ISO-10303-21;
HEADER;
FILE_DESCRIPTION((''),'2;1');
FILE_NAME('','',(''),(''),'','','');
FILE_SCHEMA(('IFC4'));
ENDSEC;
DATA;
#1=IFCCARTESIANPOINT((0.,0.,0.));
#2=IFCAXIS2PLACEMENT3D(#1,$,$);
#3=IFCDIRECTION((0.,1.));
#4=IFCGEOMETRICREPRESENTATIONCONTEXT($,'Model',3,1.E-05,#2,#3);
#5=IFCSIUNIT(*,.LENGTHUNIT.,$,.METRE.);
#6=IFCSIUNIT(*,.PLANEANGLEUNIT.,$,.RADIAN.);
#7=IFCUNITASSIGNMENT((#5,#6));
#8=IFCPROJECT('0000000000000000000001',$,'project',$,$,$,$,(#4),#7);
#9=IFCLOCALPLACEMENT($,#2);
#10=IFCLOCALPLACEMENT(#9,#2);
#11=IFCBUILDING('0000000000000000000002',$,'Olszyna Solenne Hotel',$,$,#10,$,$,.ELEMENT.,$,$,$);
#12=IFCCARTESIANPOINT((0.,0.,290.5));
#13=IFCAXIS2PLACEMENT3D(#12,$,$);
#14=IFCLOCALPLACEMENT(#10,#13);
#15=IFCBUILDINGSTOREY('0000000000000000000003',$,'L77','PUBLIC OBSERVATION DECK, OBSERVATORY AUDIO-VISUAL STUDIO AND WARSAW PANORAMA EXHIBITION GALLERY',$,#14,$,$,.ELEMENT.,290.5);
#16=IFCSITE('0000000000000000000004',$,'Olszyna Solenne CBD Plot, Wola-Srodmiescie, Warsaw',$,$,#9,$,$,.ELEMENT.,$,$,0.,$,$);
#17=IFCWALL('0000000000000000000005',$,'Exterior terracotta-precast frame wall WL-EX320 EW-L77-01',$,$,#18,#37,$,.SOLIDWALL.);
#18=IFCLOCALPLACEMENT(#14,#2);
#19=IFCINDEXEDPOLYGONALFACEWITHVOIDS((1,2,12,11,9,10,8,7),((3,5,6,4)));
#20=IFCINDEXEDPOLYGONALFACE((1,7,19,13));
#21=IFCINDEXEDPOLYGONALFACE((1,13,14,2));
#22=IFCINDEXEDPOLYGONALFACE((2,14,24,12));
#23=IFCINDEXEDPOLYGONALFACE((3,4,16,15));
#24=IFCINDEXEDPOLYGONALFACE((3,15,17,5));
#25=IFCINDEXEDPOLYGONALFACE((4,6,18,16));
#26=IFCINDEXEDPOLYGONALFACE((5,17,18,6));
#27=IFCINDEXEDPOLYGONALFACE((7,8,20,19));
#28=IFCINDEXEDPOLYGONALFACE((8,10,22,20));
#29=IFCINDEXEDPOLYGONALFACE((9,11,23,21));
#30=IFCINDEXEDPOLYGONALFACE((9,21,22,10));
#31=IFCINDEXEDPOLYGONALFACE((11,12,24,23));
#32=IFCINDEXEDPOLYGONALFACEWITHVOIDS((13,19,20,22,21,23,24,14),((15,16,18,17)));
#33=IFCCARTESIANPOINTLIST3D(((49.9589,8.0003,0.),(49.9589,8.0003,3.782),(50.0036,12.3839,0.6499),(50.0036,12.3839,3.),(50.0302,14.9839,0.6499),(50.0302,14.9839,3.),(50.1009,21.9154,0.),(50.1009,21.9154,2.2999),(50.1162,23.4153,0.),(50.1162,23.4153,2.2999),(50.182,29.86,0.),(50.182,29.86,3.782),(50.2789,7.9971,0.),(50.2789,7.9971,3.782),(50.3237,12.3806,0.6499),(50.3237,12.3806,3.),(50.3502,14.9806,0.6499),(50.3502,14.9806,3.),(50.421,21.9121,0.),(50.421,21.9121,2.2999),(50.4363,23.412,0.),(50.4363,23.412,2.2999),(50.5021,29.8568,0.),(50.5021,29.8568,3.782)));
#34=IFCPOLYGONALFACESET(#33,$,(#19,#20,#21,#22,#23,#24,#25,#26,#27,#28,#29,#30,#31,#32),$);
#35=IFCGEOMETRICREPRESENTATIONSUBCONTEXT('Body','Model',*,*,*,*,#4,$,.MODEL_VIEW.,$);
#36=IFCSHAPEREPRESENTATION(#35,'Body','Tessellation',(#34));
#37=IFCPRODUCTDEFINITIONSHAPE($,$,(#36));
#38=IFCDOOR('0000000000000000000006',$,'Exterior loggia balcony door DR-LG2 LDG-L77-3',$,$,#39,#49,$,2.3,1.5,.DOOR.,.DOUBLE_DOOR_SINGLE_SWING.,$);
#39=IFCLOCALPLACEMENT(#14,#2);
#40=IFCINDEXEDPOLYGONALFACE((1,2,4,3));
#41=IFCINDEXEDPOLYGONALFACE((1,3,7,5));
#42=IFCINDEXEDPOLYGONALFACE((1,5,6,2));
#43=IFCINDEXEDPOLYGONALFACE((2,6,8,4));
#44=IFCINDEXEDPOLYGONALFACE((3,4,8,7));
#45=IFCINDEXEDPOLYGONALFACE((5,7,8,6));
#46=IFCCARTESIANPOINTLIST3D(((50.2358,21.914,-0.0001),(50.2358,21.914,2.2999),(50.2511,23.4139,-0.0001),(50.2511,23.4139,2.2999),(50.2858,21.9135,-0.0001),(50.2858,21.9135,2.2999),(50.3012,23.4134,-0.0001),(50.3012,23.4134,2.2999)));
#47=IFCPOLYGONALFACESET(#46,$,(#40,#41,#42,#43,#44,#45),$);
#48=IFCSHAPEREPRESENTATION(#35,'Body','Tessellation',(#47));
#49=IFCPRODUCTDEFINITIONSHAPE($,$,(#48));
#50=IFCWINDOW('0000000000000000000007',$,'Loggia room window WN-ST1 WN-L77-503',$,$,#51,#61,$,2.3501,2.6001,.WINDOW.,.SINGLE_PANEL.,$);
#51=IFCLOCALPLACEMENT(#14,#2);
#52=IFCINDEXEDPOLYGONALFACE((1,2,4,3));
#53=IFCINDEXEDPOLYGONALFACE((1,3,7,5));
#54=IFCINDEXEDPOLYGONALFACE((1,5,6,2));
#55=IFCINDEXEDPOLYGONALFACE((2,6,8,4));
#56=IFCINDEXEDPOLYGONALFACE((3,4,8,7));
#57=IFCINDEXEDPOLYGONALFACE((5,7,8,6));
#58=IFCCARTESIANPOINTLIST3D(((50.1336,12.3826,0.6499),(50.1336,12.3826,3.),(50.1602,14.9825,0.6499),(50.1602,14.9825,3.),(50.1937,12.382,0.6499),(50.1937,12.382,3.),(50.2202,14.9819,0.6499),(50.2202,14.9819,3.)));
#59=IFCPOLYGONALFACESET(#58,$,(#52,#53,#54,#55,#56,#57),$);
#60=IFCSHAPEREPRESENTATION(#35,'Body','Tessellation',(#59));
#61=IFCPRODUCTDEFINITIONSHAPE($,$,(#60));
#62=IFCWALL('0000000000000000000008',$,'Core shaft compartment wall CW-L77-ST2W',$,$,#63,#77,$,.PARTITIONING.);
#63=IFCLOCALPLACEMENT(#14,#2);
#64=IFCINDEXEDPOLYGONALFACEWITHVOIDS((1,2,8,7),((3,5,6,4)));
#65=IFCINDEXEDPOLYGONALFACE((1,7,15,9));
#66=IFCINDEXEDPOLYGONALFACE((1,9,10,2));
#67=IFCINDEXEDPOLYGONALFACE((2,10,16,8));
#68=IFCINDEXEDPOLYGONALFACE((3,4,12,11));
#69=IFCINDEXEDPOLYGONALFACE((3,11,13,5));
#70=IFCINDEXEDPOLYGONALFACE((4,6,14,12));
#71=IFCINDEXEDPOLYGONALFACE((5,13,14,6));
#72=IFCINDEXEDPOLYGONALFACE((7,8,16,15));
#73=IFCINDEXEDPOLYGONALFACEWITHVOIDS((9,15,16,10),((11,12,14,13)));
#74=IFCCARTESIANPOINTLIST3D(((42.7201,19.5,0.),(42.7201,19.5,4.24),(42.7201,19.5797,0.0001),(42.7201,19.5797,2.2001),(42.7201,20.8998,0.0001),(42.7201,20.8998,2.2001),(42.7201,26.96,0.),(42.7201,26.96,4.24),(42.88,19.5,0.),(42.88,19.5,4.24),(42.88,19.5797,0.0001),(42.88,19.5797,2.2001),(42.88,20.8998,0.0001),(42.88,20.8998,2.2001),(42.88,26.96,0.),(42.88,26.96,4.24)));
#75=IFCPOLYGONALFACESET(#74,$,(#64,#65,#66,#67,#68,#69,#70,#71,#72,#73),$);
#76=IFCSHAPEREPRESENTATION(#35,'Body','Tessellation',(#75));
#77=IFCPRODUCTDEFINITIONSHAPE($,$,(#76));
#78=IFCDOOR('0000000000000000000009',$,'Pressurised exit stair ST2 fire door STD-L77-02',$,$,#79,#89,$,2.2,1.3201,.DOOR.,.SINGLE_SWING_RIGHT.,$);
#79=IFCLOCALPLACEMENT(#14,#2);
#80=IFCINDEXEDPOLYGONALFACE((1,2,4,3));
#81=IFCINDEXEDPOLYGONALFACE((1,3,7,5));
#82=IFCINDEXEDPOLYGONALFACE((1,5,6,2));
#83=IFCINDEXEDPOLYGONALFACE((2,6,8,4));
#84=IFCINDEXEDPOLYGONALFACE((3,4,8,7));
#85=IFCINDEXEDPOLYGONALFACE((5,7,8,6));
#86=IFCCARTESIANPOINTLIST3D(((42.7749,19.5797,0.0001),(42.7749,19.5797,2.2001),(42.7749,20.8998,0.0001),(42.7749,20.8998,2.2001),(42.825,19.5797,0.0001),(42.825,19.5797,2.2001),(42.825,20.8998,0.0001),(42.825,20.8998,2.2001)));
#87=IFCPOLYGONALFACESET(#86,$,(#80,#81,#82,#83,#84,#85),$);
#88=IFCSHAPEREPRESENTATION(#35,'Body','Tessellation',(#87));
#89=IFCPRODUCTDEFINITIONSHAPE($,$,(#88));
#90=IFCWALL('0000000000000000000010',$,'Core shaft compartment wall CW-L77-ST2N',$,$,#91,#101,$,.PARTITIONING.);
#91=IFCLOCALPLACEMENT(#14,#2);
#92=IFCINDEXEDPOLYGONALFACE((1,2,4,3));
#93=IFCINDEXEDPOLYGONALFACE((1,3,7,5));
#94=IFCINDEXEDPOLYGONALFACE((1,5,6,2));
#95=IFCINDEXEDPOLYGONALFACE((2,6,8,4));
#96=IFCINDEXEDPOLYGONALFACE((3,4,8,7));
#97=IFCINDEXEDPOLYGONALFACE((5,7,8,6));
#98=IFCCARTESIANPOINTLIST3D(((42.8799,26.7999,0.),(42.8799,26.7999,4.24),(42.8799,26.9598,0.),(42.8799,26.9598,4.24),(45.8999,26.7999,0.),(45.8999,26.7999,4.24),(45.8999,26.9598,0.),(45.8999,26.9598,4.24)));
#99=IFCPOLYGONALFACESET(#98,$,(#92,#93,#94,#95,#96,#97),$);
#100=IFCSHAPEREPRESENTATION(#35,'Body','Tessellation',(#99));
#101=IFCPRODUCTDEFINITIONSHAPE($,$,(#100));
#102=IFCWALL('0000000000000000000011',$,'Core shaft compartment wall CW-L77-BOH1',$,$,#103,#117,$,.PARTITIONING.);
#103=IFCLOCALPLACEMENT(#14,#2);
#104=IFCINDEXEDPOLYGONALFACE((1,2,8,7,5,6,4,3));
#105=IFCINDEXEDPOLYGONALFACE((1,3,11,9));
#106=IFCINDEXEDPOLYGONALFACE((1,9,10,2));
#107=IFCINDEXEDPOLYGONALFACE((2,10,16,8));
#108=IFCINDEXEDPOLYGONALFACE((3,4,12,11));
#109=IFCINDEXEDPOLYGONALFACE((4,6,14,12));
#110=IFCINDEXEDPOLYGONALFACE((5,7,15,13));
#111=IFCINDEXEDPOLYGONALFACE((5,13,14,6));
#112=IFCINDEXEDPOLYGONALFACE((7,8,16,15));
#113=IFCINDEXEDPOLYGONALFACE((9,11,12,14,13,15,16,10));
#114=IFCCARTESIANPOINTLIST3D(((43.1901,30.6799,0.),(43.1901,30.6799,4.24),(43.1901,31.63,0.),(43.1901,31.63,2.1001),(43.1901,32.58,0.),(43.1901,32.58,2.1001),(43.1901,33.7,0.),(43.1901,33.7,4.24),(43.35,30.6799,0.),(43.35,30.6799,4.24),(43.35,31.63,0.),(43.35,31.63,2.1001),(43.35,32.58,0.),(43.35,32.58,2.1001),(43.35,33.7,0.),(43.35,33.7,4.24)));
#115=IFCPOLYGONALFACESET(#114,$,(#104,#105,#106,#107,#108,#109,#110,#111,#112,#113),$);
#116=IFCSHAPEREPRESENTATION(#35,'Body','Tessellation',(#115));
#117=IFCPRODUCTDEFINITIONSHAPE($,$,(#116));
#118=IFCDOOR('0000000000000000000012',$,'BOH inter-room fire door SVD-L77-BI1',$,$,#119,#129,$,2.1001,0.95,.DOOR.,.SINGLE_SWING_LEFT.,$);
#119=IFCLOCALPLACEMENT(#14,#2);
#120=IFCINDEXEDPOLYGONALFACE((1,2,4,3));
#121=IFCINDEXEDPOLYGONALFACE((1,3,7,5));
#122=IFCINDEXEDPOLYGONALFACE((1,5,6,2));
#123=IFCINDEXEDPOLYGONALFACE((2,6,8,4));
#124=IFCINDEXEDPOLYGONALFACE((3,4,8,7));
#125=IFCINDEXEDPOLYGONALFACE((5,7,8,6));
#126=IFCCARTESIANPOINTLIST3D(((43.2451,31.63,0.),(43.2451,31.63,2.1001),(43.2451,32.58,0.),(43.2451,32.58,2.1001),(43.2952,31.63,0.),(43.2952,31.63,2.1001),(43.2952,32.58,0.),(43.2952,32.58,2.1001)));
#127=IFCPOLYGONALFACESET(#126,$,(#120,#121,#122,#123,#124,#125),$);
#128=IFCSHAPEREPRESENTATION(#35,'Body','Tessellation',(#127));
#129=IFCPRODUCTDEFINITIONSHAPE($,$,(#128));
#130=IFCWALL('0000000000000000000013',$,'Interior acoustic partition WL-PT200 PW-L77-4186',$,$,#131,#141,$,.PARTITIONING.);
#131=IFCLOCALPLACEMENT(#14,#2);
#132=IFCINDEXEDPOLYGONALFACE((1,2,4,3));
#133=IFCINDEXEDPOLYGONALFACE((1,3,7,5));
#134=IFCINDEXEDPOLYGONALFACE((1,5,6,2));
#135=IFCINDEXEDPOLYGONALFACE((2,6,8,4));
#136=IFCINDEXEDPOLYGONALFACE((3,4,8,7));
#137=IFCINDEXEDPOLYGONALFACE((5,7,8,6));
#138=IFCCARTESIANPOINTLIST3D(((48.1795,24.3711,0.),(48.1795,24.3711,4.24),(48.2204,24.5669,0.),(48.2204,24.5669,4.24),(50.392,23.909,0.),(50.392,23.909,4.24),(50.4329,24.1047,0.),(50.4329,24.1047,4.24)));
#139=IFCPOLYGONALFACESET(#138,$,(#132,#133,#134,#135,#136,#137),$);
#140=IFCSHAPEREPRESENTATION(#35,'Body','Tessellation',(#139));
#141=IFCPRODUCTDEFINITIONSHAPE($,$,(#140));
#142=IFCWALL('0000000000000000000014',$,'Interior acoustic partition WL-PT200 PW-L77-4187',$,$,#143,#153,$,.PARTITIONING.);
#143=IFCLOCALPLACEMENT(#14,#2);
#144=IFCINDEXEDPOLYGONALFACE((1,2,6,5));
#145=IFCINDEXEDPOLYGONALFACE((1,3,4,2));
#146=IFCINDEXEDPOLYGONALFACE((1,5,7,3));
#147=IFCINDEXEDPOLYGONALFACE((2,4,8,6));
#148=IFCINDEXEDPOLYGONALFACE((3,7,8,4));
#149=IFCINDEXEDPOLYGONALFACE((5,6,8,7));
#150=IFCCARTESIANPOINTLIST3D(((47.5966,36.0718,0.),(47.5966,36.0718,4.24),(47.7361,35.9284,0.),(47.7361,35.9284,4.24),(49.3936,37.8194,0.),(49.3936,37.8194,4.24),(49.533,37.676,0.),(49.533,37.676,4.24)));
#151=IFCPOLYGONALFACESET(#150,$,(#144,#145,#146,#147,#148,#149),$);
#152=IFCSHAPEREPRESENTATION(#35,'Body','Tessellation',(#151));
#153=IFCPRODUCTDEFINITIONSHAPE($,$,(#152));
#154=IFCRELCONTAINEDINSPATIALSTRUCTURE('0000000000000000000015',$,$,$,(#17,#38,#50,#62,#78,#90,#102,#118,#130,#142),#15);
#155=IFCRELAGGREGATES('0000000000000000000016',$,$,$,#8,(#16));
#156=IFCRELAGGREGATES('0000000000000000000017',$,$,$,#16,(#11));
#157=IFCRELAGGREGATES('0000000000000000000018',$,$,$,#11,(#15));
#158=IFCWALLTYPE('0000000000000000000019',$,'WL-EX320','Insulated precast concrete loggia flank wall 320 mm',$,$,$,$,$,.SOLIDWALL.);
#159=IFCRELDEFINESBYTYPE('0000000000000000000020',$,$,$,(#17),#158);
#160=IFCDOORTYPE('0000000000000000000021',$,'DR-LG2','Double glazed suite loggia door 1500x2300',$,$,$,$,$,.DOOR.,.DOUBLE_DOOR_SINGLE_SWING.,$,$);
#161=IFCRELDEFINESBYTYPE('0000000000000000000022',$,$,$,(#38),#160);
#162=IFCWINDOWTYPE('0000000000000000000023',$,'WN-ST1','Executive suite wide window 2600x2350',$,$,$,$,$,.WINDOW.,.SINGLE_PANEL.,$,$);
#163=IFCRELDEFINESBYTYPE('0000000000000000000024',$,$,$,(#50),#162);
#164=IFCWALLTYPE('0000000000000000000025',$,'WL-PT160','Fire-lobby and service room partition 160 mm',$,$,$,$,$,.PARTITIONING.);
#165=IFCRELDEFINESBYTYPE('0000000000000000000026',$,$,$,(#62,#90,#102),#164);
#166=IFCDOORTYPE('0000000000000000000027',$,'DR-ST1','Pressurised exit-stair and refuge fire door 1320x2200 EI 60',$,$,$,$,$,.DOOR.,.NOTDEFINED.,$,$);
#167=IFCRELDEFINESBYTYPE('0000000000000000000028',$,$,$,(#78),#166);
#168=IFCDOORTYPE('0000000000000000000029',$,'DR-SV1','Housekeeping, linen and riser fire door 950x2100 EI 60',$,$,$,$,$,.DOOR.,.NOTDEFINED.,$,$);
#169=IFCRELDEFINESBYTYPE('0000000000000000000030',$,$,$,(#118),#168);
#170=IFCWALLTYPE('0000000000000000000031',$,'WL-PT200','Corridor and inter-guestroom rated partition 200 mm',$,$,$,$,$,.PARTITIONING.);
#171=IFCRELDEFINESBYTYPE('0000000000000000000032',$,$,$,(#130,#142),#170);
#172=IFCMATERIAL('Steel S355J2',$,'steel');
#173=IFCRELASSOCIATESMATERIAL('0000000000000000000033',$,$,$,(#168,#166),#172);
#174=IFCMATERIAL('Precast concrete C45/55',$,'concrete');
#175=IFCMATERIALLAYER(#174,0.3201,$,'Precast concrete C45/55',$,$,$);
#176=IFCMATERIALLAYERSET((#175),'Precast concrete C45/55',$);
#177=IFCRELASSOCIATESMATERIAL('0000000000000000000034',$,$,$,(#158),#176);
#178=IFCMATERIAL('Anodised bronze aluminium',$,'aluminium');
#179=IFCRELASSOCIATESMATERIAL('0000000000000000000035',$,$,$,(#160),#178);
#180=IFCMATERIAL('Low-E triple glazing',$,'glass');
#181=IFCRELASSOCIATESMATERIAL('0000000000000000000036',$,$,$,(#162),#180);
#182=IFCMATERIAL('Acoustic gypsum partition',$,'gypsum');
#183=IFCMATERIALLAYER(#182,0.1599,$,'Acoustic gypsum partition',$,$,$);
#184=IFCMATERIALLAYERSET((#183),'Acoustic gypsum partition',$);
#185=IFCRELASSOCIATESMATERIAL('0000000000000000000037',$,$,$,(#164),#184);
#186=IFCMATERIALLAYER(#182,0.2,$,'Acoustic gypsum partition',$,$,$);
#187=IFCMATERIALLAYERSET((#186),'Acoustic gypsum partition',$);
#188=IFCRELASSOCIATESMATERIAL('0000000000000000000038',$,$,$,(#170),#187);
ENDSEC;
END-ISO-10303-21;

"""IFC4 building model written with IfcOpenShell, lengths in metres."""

from ifc_helpers import new_model, si_unit, direction, frame, frame_2d, origin, place, context, subcontext, project, spatial, rectangle, extrude, source, transform, mapped, material, layer, layer_set, type_object, type_shapes, element, fill, save


model = new_model("IFC4")

# Units and contexts
model_context = context("Model", 3, precision=1e-05, world=origin(), true_north=direction((0.0, 1.0)))
body_context = subcontext(model_context, "Body", "Model", "MODEL_VIEW")
ifc_project = project(units=[si_unit("LENGTHUNIT", "METRE"), si_unit("PLANEANGLEUNIT", "RADIAN")], contexts=[model_context])

# Site, building, storey
site_placement = place(None, origin())
site = spatial("IfcSite", under=ifc_project, at=site_placement, Name="Olszyna Solenne CBD Plot, Wola-Srodmiescie, Warsaw", CompositionType="ELEMENT", RefElevation=0.0)
building_placement = place(site_placement, origin())
building = spatial("IfcBuilding", under=site, at=building_placement, Name="Olszyna Solenne Hotel", CompositionType="ELEMENT")
storey_placement = place(building_placement, frame((0.0, 0.0, 290.5)))
storey = spatial("IfcBuildingStorey", under=building, at=storey_placement, Name="L77", Description="PUBLIC OBSERVATION DECK, OBSERVATORY AUDIO-VISUAL STUDIO AND WARSAW PANORAMA EXHIBITION GALLERY", CompositionType="ELEMENT", Elevation=290.5)

# Shared definitions
ifc_material_1 = material(Name="Steel S355J2", Category="steel")

# Shared definitions
ifc_material_2 = material(Name="Anodised bronze aluminium", Category="aluminium")

# Shared definitions
ifc_material_3 = material(Name="Low-E triple glazing", Category="glass")

# Shared definitions
door_type_1 = type_object("IfcDoorType", Name="DR-SV1", Description="Housekeeping, linen and riser fire door 950x2100 EI 60", OperationType="NOTDEFINED", PredefinedType="DOOR", material=ifc_material_1)
shared_shape_1 = source(origin(), body_context, "Body", "SweptSolid", [
    extrude(rectangle(XDim=0.95, YDim=2.1001, at=frame_2d((0.4751, 1.05))), frame((0.0, 0.0249, 0.0), z_axis=(0.0, -1.0, 0.0), x_axis=(1.0, 0.0, 0.0)), (0.0, 0.0, 1.0), 0.05),
])
type_shapes(door_type_1, [shared_shape_1])

# Wall, openings, door, window
ifc_material_4 = material(Name="Precast concrete C45/55", Category="concrete")
ifc_layer_1 = layer(ifc_material_4, 0.3201, Name="Precast concrete C45/55")
ifc_layer_set_1 = layer_set([ifc_layer_1], Name="Precast concrete C45/55")
wall_type_1 = type_object("IfcWallType", Name="WL-EX320", Description="Insulated precast concrete loggia flank wall 320 mm", PredefinedType="SOLIDWALL", material=ifc_layer_set_1)
wall_1_placement = place(storey_placement, frame((50.342, 29.8584, 0.0), z_axis=(0.0, 0.0, 1.0), x_axis=(-0.010208, -0.999948, 0.0)))
wall_1 = element("IfcWall", 1, at=wall_1_placement, inside=storey, type_object=wall_type_1, Name="Exterior terracotta-precast frame wall WL-EX320 EW-L77-01", PredefinedType="SOLIDWALL", context=body_context, shape_type="SweptSolid", body=[
    extrude(rectangle(XDim=21.8608, YDim=0.3201, at=frame_2d((10.9304, 0.0))), origin(), (0.0, 0.0, 1.0), 3.782),
])
opening_1_placement = place(wall_1_placement, frame((6.4451, 0.0, 0.0)))
opening_1 = element("IfcOpeningElement", 2, at=opening_1_placement, cuts=wall_1, PredefinedType="OPENING", context=body_context, shape_type="SweptSolid", body=[
    extrude(rectangle(XDim=1.5, YDim=2.3, at=frame_2d((0.75, 1.1499))), frame((0.0, 0.1699, 0.0), z_axis=(0.0, -1.0, 0.0), x_axis=(1.0, 0.0, 0.0)), (0.0, 0.0, 1.0), 0.3401),
])
opening_2_placement = place(wall_1_placement, frame((14.877, 0.0, 0.6499)))
opening_2 = element("IfcOpeningElement", 3, at=opening_2_placement, cuts=wall_1, PredefinedType="OPENING", context=body_context, shape_type="SweptSolid", body=[
    extrude(rectangle(XDim=2.6001, YDim=2.3501, at=frame_2d((1.3, 1.175))), frame((0.0, 0.1699, 0.0), z_axis=(0.0, -1.0, 0.0), x_axis=(1.0, 0.0, 0.0)), (0.0, 0.0, 1.0), 0.3401),
])
door_type_2 = type_object("IfcDoorType", Name="DR-LG2", Description="Double glazed suite loggia door 1500x2300", OperationType="DOUBLE_DOOR_SINGLE_SWING", PredefinedType="DOOR", material=ifc_material_2)
shared_shape_2 = source(origin(), body_context, "Body", "SweptSolid", [
    extrude(rectangle(XDim=1.5, YDim=2.3, at=frame_2d((0.75, 1.1499))), frame((0.0, 0.0249, 0.0), z_axis=(0.0, -1.0, 0.0), x_axis=(1.0, 0.0, 0.0)), (0.0, 0.0, 1.0), 0.05),
])
type_shapes(door_type_2, [shared_shape_2])
door_1_placement = place(opening_1_placement, origin())
door_1 = element("IfcDoor", 4, at=door_1_placement, inside=storey, type_object=door_type_2, Name="Exterior loggia balcony door DR-LG2 LDG-L77-3", OperationType="DOUBLE_DOOR_SINGLE_SWING", OverallHeight=2.3, OverallWidth=1.5, PredefinedType="DOOR", context=body_context, shape_type="MappedRepresentation", body=[
    mapped(shared_shape_2, transform((0.0, 0.0, 0.0), x_axis=(1.0, 0.0, 0.0), y_axis=(0.0, 1.0, 0.0), z_axis=(0.0, 0.0, 1.0), scale=1.0)),
])
fill(opening_1, door_1)
window_type = type_object("IfcWindowType", Name="WN-ST1", Description="Executive suite wide window 2600x2350", PartitioningType="SINGLE_PANEL", PredefinedType="WINDOW", material=ifc_material_3)
shared_shape_3 = source(origin(), body_context, "Body", "SweptSolid", [
    extrude(rectangle(XDim=2.6001, YDim=2.3501, at=frame_2d((1.3, 1.175))), frame((0.0, 0.03, 0.0), z_axis=(0.0, -1.0, 0.0), x_axis=(1.0, 0.0, 0.0)), (0.0, 0.0, 1.0), 0.0601),
])
type_shapes(window_type, [shared_shape_3])
window_placement = place(opening_2_placement, origin())
window = element("IfcWindow", 5, at=window_placement, inside=storey, type_object=window_type, Name="Loggia room window WN-ST1 WN-L77-503", OverallHeight=2.3501, OverallWidth=2.6001, PartitioningType="SINGLE_PANEL", PredefinedType="WINDOW", context=body_context, shape_type="MappedRepresentation", body=[
    mapped(shared_shape_3, transform((0.0, 0.0, 0.0), x_axis=(1.0, 0.0, 0.0), y_axis=(0.0, 1.0, 0.0), z_axis=(0.0, 0.0, 1.0), scale=1.0)),
])
fill(opening_2, window)

# Wall, opening, door
ifc_material_5 = material(Name="Acoustic gypsum partition", Category="gypsum")
ifc_layer_2 = layer(ifc_material_5, 0.1599, Name="Acoustic gypsum partition")
ifc_layer_set_2 = layer_set([ifc_layer_2], Name="Acoustic gypsum partition")
wall_type_2 = type_object("IfcWallType", Name="WL-PT160", Description="Fire-lobby and service room partition 160 mm", PredefinedType="PARTITIONING", material=ifc_layer_set_2)
wall_2_placement = place(storey_placement, frame((42.8, 26.96, 0.0), z_axis=(0.0, 0.0, 1.0), x_axis=(0.0, -1.0, 0.0)))
wall_2 = element("IfcWall", 6, at=wall_2_placement, inside=storey, type_object=wall_type_2, Name="Core shaft compartment wall CW-L77-ST2W", PredefinedType="PARTITIONING", context=body_context, shape_type="SweptSolid", body=[
    extrude(rectangle(XDim=7.46, YDim=0.1599, at=frame_2d((3.73, 0.0))), origin(), (0.0, 0.0, 1.0), 4.24),
])
opening_3_placement = place(wall_2_placement, frame((6.0601, 0.0, 0.0)))
opening_3 = element("IfcOpeningElement", 7, at=opening_3_placement, cuts=wall_2, PredefinedType="OPENING", context=body_context, shape_type="SweptSolid", body=[
    extrude(rectangle(XDim=1.3201, YDim=2.2, at=frame_2d((0.6602, 1.1001))), frame((0.0, 0.0898, 0.0), z_axis=(0.0, -1.0, 0.0), x_axis=(1.0, 0.0, 0.0)), (0.0, 0.0, 1.0), 0.1799),
])
door_type_3 = type_object("IfcDoorType", Name="DR-ST1", Description="Pressurised exit-stair and refuge fire door 1320x2200 EI 60", OperationType="NOTDEFINED", PredefinedType="DOOR", material=ifc_material_1)
shared_shape_4 = source(origin(), body_context, "Body", "SweptSolid", [
    extrude(rectangle(XDim=1.3201, YDim=2.2, at=frame_2d((0.6602, 1.1001))), frame((0.0, 0.0249, 0.0), z_axis=(0.0, -1.0, 0.0), x_axis=(1.0, 0.0, 0.0)), (0.0, 0.0, 1.0), 0.05),
])
type_shapes(door_type_3, [shared_shape_4])
door_2_placement = place(opening_3_placement, origin())
door_2 = element("IfcDoor", 8, at=door_2_placement, inside=storey, type_object=door_type_3, Name="Pressurised exit stair ST2 fire door STD-L77-02", OperationType="SINGLE_SWING_RIGHT", OverallHeight=2.2, OverallWidth=1.3201, PredefinedType="DOOR", context=body_context, shape_type="MappedRepresentation", body=[
    mapped(shared_shape_4, transform((0.0, 0.0, 0.0), x_axis=(1.0, 0.0, 0.0), y_axis=(0.0, 1.0, 0.0), z_axis=(0.0, 0.0, 1.0), scale=1.0)),
])
fill(opening_3, door_2)

# Wall
wall_3_placement = place(storey_placement, frame((42.8799, 26.8799, 0.0), z_axis=(0.0, 0.0, 1.0), x_axis=(1.0, 0.0, 0.0)))
element("IfcWall", 9, at=wall_3_placement, inside=storey, type_object=wall_type_2, Name="Core shaft compartment wall CW-L77-ST2N", PredefinedType="PARTITIONING", context=body_context, shape_type="SweptSolid", body=[
    extrude(rectangle(XDim=3.02, YDim=0.1599, at=frame_2d((1.51, 0.0))), origin(), (0.0, 0.0, 1.0), 4.24),
])

# Wall, opening, door
wall_4_placement = place(storey_placement, frame((43.27, 30.6799, 0.0), z_axis=(0.0, 0.0, 1.0), x_axis=(0.0, 1.0, 0.0)))
wall_4 = element("IfcWall", 10, at=wall_4_placement, inside=storey, type_object=wall_type_2, Name="Core shaft compartment wall CW-L77-BOH1", PredefinedType="PARTITIONING", context=body_context, shape_type="SweptSolid", body=[
    extrude(rectangle(XDim=3.02, YDim=0.1599, at=frame_2d((1.51, 0.0))), origin(), (0.0, 0.0, 1.0), 4.24),
])
opening_4_placement = place(wall_4_placement, frame((0.95, 0.0, 0.0)))
opening_4 = element("IfcOpeningElement", 11, at=opening_4_placement, cuts=wall_4, PredefinedType="OPENING", context=body_context, shape_type="SweptSolid", body=[
    extrude(rectangle(XDim=0.95, YDim=2.1001, at=frame_2d((0.4751, 1.05))), frame((0.0, 0.0898, 0.0), z_axis=(0.0, -1.0, 0.0), x_axis=(1.0, 0.0, 0.0)), (0.0, 0.0, 1.0), 0.1799),
])
door_3_placement = place(opening_4_placement, origin())
door_3 = element("IfcDoor", 12, at=door_3_placement, inside=storey, type_object=door_type_1, Name="BOH inter-room fire door SVD-L77-BI1", OperationType="SINGLE_SWING_LEFT", OverallHeight=2.1001, OverallWidth=0.95, PredefinedType="DOOR", context=body_context, shape_type="MappedRepresentation", body=[
    mapped(shared_shape_1, transform((0.0, 0.0, 0.0), x_axis=(1.0, 0.0, 0.0), y_axis=(0.0, 1.0, 0.0), z_axis=(0.0, 0.0, 1.0), scale=1.0)),
])
fill(opening_4, door_3)

# Walls
ifc_layer_3 = layer(ifc_material_5, 0.2, Name="Acoustic gypsum partition")
ifc_layer_set_3 = layer_set([ifc_layer_3], Name="Acoustic gypsum partition")
wall_type_3 = type_object("IfcWallType", Name="WL-PT200", Description="Corridor and inter-guestroom rated partition 200 mm", PredefinedType="PARTITIONING", material=ifc_layer_set_3)
wall_5_placement = place(storey_placement, frame((48.2, 24.469, 0.0), z_axis=(0.0, 0.0, 1.0), x_axis=(0.978871, -0.20448, 0.0)))
element("IfcWall", 13, at=wall_5_placement, inside=storey, type_object=wall_type_3, Name="Interior acoustic partition WL-PT200 PW-L77-4186", PredefinedType="PARTITIONING", context=body_context, shape_type="SweptSolid", body=[
    extrude(rectangle(XDim=2.2603, YDim=0.2, at=frame_2d((1.1301, 0.0))), origin(), (0.0, 0.0, 1.0), 4.24),
])
wall_6_placement = place(storey_placement, frame((47.6663, 36.0, 0.0), z_axis=(0.0, 0.0, 1.0), x_axis=(0.716876, 0.697201, 0.0)))
element("IfcWall", 14, at=wall_6_placement, inside=storey, type_object=wall_type_3, Name="Interior acoustic partition WL-PT200 PW-L77-4187", PredefinedType="PARTITIONING", context=body_context, shape_type="SweptSolid", body=[
    extrude(rectangle(XDim=2.5066, YDim=0.2, at=frame_2d((1.2534, 0.0))), origin(), (0.0, 0.0, 1.0), 4.24),
])

save(model, "model.ifc")
